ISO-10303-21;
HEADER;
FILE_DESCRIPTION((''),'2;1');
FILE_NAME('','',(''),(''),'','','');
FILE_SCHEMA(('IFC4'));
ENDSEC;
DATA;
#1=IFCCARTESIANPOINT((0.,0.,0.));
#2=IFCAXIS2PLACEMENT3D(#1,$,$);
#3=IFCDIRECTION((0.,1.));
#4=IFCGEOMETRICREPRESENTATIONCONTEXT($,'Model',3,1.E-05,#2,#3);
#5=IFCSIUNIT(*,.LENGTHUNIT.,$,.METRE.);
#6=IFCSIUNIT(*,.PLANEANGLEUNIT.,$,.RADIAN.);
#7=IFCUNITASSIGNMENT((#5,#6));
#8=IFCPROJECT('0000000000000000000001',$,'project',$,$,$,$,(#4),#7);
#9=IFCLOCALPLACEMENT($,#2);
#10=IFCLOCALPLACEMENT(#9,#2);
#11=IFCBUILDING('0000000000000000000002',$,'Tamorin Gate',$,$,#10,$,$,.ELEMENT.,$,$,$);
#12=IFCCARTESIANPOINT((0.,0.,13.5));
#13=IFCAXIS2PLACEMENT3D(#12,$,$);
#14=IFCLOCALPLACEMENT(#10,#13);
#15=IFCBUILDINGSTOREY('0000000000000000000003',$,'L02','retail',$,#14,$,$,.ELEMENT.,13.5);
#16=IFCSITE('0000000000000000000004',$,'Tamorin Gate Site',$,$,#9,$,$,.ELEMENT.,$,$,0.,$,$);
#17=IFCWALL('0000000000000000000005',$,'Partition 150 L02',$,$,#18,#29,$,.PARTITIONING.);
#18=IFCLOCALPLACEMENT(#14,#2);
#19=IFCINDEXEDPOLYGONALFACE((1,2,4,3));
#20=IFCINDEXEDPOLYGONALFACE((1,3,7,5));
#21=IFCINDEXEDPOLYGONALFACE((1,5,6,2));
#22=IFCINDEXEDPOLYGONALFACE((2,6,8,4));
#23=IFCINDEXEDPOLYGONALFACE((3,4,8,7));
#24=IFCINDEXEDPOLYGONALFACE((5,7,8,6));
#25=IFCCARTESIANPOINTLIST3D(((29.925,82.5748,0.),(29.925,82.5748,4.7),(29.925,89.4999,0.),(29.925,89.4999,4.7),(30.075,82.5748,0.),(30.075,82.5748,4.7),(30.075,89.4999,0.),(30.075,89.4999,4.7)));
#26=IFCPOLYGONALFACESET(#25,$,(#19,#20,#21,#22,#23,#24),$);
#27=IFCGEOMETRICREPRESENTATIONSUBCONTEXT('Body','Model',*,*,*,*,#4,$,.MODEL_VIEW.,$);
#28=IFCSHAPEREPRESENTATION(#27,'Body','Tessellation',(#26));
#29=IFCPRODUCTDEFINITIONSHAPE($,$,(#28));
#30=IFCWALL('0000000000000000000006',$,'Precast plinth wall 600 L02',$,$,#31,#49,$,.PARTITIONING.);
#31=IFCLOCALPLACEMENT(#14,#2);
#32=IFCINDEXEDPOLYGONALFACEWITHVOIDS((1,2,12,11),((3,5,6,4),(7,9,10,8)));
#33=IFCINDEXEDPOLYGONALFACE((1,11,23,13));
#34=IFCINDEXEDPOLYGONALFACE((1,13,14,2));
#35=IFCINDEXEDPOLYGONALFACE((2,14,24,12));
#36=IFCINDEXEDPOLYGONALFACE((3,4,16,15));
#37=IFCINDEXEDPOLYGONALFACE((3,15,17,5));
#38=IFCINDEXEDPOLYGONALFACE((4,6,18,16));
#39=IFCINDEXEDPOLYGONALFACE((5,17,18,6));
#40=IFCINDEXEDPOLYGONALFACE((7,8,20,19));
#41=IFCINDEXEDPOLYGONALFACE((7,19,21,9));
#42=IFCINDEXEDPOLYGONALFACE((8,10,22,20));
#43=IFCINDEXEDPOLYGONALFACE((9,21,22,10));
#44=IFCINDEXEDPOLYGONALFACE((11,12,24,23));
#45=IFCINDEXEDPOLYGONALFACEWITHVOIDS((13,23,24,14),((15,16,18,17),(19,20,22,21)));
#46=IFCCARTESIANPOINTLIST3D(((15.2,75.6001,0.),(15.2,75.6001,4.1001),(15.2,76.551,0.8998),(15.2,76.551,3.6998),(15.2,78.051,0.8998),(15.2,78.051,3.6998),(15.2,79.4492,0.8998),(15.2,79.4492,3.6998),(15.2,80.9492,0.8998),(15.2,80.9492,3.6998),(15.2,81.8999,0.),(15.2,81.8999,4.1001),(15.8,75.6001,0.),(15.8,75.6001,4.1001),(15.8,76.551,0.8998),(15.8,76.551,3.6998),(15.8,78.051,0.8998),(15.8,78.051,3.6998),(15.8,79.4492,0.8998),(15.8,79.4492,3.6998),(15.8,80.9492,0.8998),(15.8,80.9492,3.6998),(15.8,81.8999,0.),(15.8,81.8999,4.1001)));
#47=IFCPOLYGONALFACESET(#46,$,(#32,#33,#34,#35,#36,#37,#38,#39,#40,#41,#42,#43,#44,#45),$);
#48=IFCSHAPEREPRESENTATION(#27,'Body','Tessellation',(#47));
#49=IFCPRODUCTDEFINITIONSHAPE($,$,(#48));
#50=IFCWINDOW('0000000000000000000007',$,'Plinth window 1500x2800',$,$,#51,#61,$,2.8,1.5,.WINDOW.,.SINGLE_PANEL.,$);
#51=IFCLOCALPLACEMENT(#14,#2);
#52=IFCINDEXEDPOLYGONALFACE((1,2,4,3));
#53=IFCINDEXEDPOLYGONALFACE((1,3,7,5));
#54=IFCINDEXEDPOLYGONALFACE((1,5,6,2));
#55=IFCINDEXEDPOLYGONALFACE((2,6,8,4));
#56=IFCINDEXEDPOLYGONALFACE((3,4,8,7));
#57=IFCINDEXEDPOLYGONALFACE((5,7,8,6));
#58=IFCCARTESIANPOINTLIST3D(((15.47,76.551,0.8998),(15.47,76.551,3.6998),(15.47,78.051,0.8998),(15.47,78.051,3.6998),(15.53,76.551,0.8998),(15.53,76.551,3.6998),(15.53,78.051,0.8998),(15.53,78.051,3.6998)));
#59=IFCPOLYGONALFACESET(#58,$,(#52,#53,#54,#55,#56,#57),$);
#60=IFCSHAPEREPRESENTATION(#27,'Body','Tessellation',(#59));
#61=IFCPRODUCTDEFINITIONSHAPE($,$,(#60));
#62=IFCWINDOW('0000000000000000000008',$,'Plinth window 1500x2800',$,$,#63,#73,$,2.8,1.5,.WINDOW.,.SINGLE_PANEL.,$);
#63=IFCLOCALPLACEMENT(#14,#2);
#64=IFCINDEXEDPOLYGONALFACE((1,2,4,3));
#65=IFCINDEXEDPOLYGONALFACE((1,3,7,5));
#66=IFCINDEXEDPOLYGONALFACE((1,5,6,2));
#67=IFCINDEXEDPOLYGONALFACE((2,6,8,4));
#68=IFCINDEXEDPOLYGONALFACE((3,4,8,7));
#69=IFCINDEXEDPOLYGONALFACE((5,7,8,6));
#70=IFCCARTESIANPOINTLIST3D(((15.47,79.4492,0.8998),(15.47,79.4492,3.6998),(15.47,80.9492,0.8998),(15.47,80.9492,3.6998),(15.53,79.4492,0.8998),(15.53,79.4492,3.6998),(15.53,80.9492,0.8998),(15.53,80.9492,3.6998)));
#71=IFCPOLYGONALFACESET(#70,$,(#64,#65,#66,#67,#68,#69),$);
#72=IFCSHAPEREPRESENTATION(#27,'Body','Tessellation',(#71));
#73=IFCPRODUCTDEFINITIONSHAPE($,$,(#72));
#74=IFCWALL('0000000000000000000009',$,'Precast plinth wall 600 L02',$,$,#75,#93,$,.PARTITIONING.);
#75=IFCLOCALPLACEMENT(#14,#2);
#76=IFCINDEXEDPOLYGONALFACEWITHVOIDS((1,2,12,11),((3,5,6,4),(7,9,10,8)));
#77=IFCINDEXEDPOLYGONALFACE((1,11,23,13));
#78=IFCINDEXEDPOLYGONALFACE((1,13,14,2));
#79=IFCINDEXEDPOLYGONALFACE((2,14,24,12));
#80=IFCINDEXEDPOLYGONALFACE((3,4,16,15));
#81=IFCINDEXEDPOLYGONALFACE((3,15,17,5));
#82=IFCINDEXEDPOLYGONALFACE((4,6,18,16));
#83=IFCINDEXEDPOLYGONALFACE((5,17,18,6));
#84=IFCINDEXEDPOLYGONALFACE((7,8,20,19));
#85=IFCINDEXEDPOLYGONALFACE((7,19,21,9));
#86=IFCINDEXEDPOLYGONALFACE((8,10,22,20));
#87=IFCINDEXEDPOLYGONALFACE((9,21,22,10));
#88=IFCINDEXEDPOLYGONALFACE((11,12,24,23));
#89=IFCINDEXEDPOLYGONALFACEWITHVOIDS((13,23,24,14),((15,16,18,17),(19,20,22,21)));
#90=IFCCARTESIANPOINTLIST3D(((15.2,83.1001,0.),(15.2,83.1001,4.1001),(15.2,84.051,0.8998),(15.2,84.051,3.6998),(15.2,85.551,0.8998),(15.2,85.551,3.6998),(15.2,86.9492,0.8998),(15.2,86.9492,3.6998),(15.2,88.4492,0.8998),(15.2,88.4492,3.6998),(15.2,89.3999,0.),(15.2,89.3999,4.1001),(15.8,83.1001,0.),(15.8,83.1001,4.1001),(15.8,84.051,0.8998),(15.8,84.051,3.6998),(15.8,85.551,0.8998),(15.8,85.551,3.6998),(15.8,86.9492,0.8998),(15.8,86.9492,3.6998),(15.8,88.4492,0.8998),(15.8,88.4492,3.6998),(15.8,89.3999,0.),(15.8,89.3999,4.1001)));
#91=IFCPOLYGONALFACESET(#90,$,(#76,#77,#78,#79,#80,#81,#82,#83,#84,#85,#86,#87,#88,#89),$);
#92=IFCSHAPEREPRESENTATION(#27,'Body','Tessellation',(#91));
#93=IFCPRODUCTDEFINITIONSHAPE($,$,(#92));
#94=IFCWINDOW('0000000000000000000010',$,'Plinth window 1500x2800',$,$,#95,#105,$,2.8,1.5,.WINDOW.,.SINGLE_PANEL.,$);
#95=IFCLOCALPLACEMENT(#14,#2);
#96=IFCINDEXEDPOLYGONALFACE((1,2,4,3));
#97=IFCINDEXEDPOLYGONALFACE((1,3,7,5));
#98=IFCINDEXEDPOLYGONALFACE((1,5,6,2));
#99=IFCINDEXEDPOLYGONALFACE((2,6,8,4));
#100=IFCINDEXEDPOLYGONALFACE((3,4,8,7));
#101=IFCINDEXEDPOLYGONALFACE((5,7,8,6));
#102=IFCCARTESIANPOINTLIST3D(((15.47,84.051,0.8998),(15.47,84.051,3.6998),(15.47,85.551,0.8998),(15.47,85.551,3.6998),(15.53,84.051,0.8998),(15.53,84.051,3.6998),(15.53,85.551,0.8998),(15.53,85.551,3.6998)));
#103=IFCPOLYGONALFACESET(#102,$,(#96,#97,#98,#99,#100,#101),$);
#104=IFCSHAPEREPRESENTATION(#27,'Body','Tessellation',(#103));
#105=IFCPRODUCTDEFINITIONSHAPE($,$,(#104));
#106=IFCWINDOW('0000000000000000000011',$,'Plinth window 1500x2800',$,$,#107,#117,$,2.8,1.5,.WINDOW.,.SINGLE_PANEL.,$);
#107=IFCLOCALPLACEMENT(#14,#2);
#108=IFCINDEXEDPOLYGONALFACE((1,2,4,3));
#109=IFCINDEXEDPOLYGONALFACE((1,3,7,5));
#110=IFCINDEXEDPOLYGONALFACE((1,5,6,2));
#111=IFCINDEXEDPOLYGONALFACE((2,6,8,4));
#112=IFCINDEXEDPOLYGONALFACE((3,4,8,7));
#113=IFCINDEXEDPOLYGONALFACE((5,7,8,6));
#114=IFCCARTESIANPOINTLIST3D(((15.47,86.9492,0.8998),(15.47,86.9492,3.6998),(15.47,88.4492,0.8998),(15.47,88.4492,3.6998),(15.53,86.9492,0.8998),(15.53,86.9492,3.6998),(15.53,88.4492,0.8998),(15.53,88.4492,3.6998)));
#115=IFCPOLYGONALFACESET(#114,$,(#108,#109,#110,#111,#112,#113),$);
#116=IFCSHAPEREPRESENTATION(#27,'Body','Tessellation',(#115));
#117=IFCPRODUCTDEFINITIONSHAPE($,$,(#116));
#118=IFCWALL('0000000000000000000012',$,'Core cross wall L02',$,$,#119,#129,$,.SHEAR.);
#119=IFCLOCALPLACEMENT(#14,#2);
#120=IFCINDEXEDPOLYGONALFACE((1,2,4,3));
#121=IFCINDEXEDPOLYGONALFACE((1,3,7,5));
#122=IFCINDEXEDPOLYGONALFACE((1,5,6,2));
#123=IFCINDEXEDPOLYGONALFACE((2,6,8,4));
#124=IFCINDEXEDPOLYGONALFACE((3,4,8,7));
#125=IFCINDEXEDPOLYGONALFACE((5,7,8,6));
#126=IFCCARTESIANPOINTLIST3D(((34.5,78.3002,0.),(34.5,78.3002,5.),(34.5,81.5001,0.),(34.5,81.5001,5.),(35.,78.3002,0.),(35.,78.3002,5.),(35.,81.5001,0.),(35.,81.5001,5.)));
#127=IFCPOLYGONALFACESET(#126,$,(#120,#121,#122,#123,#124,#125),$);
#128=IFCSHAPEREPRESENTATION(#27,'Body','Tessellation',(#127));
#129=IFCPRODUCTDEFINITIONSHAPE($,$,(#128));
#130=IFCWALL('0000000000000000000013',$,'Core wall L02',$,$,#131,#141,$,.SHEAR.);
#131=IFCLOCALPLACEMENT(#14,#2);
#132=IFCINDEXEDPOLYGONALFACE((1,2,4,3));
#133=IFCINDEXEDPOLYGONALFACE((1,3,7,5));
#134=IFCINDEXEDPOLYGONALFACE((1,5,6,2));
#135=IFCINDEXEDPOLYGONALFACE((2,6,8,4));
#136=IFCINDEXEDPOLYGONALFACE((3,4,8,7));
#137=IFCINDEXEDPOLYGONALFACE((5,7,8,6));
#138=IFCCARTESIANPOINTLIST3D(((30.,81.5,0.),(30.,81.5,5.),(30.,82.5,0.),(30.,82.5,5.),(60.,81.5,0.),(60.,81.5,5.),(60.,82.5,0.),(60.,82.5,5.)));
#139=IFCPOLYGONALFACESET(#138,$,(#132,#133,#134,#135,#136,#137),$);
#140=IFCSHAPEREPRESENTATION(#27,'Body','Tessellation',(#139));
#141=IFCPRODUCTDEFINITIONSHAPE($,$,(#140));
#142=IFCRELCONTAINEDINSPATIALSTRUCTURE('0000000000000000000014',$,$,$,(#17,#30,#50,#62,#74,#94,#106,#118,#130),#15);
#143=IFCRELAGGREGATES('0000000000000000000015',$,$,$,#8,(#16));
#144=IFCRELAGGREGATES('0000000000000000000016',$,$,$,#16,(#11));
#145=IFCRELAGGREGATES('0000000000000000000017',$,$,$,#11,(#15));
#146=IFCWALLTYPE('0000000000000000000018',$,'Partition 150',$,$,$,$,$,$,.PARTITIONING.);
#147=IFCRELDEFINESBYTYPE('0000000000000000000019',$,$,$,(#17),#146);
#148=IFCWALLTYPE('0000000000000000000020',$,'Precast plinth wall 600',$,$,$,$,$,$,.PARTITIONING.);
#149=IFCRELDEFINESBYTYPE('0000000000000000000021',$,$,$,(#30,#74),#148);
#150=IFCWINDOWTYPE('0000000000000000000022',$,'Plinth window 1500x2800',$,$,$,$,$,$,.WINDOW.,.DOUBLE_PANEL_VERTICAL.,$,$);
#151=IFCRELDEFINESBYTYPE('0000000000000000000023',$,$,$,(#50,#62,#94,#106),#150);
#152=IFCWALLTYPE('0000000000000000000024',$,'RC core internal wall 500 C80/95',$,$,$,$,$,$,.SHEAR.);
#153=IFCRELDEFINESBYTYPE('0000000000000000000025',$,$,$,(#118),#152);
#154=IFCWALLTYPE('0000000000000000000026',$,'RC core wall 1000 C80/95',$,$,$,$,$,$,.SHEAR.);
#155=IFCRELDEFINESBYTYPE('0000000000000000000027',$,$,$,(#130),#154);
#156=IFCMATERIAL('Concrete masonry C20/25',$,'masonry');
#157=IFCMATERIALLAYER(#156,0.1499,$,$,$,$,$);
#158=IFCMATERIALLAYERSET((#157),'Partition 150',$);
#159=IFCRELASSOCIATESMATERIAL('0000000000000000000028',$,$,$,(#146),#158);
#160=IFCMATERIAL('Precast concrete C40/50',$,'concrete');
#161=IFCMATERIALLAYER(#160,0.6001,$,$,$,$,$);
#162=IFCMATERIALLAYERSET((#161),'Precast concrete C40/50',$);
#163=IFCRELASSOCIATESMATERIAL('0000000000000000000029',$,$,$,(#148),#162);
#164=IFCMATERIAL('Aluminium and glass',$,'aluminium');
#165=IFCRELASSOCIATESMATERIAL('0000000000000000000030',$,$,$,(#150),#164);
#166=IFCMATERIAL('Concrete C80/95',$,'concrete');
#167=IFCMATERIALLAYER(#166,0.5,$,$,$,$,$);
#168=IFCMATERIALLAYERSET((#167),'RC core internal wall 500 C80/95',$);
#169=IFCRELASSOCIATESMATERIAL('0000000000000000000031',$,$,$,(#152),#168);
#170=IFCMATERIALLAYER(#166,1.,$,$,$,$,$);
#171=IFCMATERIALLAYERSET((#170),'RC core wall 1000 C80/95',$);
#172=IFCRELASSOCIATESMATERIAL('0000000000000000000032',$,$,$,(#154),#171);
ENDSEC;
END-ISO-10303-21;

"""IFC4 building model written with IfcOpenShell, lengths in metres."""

from ifc_helpers import new_model, si_unit, direction, frame, frame_2d, origin, place, context, subcontext, project, spatial, rectangle, extrude, material, layer, layer_set, type_object, element, fill, save


model = new_model("IFC4")

# Units and contexts
model_context = context("Model", 3, precision=1e-05, world=origin(), true_north=direction((0.0, 1.0)))
body_context = subcontext(model_context, "Body", "Model", "MODEL_VIEW")
ifc_project = project(units=[si_unit("LENGTHUNIT", "METRE"), si_unit("PLANEANGLEUNIT", "RADIAN")], contexts=[model_context])

# Site, building, storey
site_placement = place(None, origin())
site = spatial("IfcSite", under=ifc_project, at=site_placement, Name="Tamorin Gate Site", CompositionType="ELEMENT", RefElevation=0.0)
building_placement = place(site_placement, origin())
building = spatial("IfcBuilding", under=site, at=building_placement, Name="Tamorin Gate", CompositionType="ELEMENT")
storey_placement = place(building_placement, frame((0.0, 0.0, 13.5)))
storey = spatial("IfcBuildingStorey", under=building, at=storey_placement, Name="L02", Description="retail", CompositionType="ELEMENT", Elevation=13.5)

# Shared definitions
ifc_material_1 = material(Name="Concrete C80/95", Category="concrete")

# Shared definitions
ifc_material_2 = material(Name="Concrete masonry C20/25", Category="masonry")
ifc_layer_1 = layer(ifc_material_2, 0.1499)
ifc_layer_set_1 = layer_set([ifc_layer_1], Name="Partition 150")
wall_type_1 = type_object("IfcWallType", Name="Partition 150", PredefinedType="PARTITIONING", material=ifc_layer_set_1)

# Wall
wall_1_placement = place(storey_placement, frame((30.0, 82.575, 0.0), z_axis=(0.0, 0.0, 1.0), x_axis=(0.0, 1.0, 0.0)))
element("IfcWall", 1, at=wall_1_placement, inside=storey, type_object=wall_type_1, Name="Partition 150 L02", PredefinedType="PARTITIONING", context=body_context, shape_type="SweptSolid", body=[
    extrude(rectangle(XDim=6.925, YDim=0.1499, at=frame_2d((3.4624, 0.0))), origin(), (0.0, 0.0, 1.0), 4.7),
])

# Walls, openings, windows
ifc_material_3 = material(Name="Precast concrete C40/50", Category="concrete")
ifc_layer_2 = layer(ifc_material_3, 0.6001)
ifc_layer_set_2 = layer_set([ifc_layer_2], Name="Precast concrete C40/50")
wall_type_2 = type_object("IfcWallType", Name="Precast plinth wall 600", PredefinedType="PARTITIONING", material=ifc_layer_set_2)
wall_2_placement = place(storey_placement, frame((15.5, 75.6001, 0.0), z_axis=(0.0, 0.0, 1.0), x_axis=(0.0, 1.0, 0.0)))
wall_2 = element("IfcWall", 2, at=wall_2_placement, inside=storey, type_object=wall_type_2, Name="Precast plinth wall 600 L02", PredefinedType="PARTITIONING", context=body_context, shape_type="SweptSolid", body=[
    extrude(rectangle(XDim=6.2998, YDim=0.6001, at=frame_2d((3.1499, 0.0))), origin(), (0.0, 0.0, 1.0), 4.1001),
])
opening_1_placement = place(wall_2_placement, frame((0.9509, 0.0, 0.8999)))
opening_1 = element("IfcOpeningElement", 3, at=opening_1_placement, cuts=wall_2, PredefinedType="OPENING", context=body_context, shape_type="SweptSolid", body=[
    extrude(rectangle(XDim=1.5, YDim=2.8, at=frame_2d((0.75, 1.3999))), frame((0.0, 0.3101, 0.0), z_axis=(0.0, -1.0, 0.0), x_axis=(1.0, 0.0, 0.0)), (0.0, 0.0, 1.0), 0.6201),
])
opening_2_placement = place(wall_2_placement, frame((3.8491, 0.0, 0.8999)))
opening_2 = element("IfcOpeningElement", 4, at=opening_2_placement, cuts=wall_2, PredefinedType="OPENING", context=body_context, shape_type="SweptSolid", body=[
    extrude(rectangle(XDim=1.5, YDim=2.8, at=frame_2d((0.75, 1.3999))), frame((0.0, 0.3101, 0.0), z_axis=(0.0, -1.0, 0.0), x_axis=(1.0, 0.0, 0.0)), (0.0, 0.0, 1.0), 0.6201),
])
ifc_material_4 = material(Name="Aluminium and glass", Category="aluminium")
window_type = type_object("IfcWindowType", Name="Plinth window 1500x2800", PartitioningType="DOUBLE_PANEL_VERTICAL", PredefinedType="WINDOW", material=ifc_material_4)
window_1_placement = place(opening_1_placement, origin())
window_1 = element("IfcWindow", 5, at=window_1_placement, inside=storey, type_object=window_type, Name="Plinth window 1500x2800", OverallHeight=2.8, OverallWidth=1.5, PartitioningType="SINGLE_PANEL", PredefinedType="WINDOW", context=body_context, shape_type="SweptSolid", body=[
    extrude(rectangle(XDim=1.5, YDim=2.8, at=frame_2d((0.75, 1.3999))), frame((0.0, 0.03, 0.0), z_axis=(0.0, -1.0, 0.0), x_axis=(1.0, 0.0, 0.0)), (0.0, 0.0, 1.0), 0.0601),
])
fill(opening_1, window_1)
window_2_placement = place(opening_2_placement, origin())
window_2 = element("IfcWindow", 6, at=window_2_placement, inside=storey, type_object=window_type, Name="Plinth window 1500x2800", OverallHeight=2.8, OverallWidth=1.5, PartitioningType="SINGLE_PANEL", PredefinedType="WINDOW", context=body_context, shape_type="SweptSolid", body=[
    extrude(rectangle(XDim=1.5, YDim=2.8, at=frame_2d((0.75, 1.3999))), frame((0.0, 0.03, 0.0), z_axis=(0.0, -1.0, 0.0), x_axis=(1.0, 0.0, 0.0)), (0.0, 0.0, 1.0), 0.0601),
])
fill(opening_2, window_2)
wall_3_placement = place(storey_placement, frame((15.5, 83.1001, 0.0), z_axis=(0.0, 0.0, 1.0), x_axis=(0.0, 1.0, 0.0)))
wall_3 = element("IfcWall", 7, at=wall_3_placement, inside=storey, type_object=wall_type_2, Name="Precast plinth wall 600 L02", PredefinedType="PARTITIONING", context=body_context, shape_type="SweptSolid", body=[
    extrude(rectangle(XDim=6.2998, YDim=0.6001, at=frame_2d((3.1499, 0.0))), origin(), (0.0, 0.0, 1.0), 4.1001),
])
opening_3_placement = place(wall_3_placement, frame((0.9509, 0.0, 0.8999)))
opening_3 = element("IfcOpeningElement", 8, at=opening_3_placement, cuts=wall_3, PredefinedType="OPENING", context=body_context, shape_type="SweptSolid", body=[
    extrude(rectangle(XDim=1.5, YDim=2.8, at=frame_2d((0.75, 1.3999))), frame((0.0, 0.3101, 0.0), z_axis=(0.0, -1.0, 0.0), x_axis=(1.0, 0.0, 0.0)), (0.0, 0.0, 1.0), 0.6201),
])
opening_4_placement = place(wall_3_placement, frame((3.8491, 0.0, 0.8999)))
opening_4 = element("IfcOpeningElement", 9, at=opening_4_placement, cuts=wall_3, PredefinedType="OPENING", context=body_context, shape_type="SweptSolid", body=[
    extrude(rectangle(XDim=1.5, YDim=2.8, at=frame_2d((0.75, 1.3999))), frame((0.0, 0.3101, 0.0), z_axis=(0.0, -1.0, 0.0), x_axis=(1.0, 0.0, 0.0)), (0.0, 0.0, 1.0), 0.6201),
])
window_3_placement = place(opening_3_placement, origin())
window_3 = element("IfcWindow", 10, at=window_3_placement, inside=storey, type_object=window_type, Name="Plinth window 1500x2800", OverallHeight=2.8, OverallWidth=1.5, PartitioningType="SINGLE_PANEL", PredefinedType="WINDOW", context=body_context, shape_type="SweptSolid", body=[
    extrude(rectangle(XDim=1.5, YDim=2.8, at=frame_2d((0.75, 1.3999))), frame((0.0, 0.03, 0.0), z_axis=(0.0, -1.0, 0.0), x_axis=(1.0, 0.0, 0.0)), (0.0, 0.0, 1.0), 0.0601),
])
fill(opening_3, window_3)
window_4_placement = place(opening_4_placement, origin())
window_4 = element("IfcWindow", 11, at=window_4_placement, inside=storey, type_object=window_type, Name="Plinth window 1500x2800", OverallHeight=2.8, OverallWidth=1.5, PartitioningType="SINGLE_PANEL", PredefinedType="WINDOW", context=body_context, shape_type="SweptSolid", body=[
    extrude(rectangle(XDim=1.5, YDim=2.8, at=frame_2d((0.75, 1.3999))), frame((0.0, 0.03, 0.0), z_axis=(0.0, -1.0, 0.0), x_axis=(1.0, 0.0, 0.0)), (0.0, 0.0, 1.0), 0.0601),
])
fill(opening_4, window_4)

# Walls
ifc_layer_3 = layer(ifc_material_1, 0.5)
ifc_layer_set_3 = layer_set([ifc_layer_3], Name="RC core internal wall 500 C80/95")
wall_type_3 = type_object("IfcWallType", Name="RC core internal wall 500 C80/95", PredefinedType="SHEAR", material=ifc_layer_set_3)
wall_4_placement = place(storey_placement, frame((34.75, 78.3, 0.0), z_axis=(0.0, 0.0, 1.0), x_axis=(0.0, 1.0, 0.0)))
element("IfcWall", 12, at=wall_4_placement, inside=storey, type_object=wall_type_3, Name="Core cross wall L02", PredefinedType="SHEAR", context=body_context, shape_type="SweptSolid", body=[
    extrude(rectangle(XDim=3.2, YDim=0.5, at=frame_2d((1.6001, 0.0))), origin(), (0.0, 0.0, 1.0), 5.0),
])
ifc_layer_4 = layer(ifc_material_1, 1.0)
ifc_layer_set_4 = layer_set([ifc_layer_4], Name="RC core wall 1000 C80/95")
wall_type_4 = type_object("IfcWallType", Name="RC core wall 1000 C80/95", PredefinedType="SHEAR", material=ifc_layer_set_4)
wall_5_placement = place(storey_placement, frame((30.0, 82.0, 0.0), z_axis=(0.0, 0.0, 1.0), x_axis=(1.0, 0.0, 0.0)))
element("IfcWall", 13, at=wall_5_placement, inside=storey, type_object=wall_type_4, Name="Core wall L02", PredefinedType="SHEAR", context=body_context, shape_type="SweptSolid", body=[
    extrude(rectangle(XDim=30.0, YDim=1.0, at=frame_2d((15.0, 0.0))), origin(), (0.0, 0.0, 1.0), 5.0),
])

save(model, "model.ifc")
